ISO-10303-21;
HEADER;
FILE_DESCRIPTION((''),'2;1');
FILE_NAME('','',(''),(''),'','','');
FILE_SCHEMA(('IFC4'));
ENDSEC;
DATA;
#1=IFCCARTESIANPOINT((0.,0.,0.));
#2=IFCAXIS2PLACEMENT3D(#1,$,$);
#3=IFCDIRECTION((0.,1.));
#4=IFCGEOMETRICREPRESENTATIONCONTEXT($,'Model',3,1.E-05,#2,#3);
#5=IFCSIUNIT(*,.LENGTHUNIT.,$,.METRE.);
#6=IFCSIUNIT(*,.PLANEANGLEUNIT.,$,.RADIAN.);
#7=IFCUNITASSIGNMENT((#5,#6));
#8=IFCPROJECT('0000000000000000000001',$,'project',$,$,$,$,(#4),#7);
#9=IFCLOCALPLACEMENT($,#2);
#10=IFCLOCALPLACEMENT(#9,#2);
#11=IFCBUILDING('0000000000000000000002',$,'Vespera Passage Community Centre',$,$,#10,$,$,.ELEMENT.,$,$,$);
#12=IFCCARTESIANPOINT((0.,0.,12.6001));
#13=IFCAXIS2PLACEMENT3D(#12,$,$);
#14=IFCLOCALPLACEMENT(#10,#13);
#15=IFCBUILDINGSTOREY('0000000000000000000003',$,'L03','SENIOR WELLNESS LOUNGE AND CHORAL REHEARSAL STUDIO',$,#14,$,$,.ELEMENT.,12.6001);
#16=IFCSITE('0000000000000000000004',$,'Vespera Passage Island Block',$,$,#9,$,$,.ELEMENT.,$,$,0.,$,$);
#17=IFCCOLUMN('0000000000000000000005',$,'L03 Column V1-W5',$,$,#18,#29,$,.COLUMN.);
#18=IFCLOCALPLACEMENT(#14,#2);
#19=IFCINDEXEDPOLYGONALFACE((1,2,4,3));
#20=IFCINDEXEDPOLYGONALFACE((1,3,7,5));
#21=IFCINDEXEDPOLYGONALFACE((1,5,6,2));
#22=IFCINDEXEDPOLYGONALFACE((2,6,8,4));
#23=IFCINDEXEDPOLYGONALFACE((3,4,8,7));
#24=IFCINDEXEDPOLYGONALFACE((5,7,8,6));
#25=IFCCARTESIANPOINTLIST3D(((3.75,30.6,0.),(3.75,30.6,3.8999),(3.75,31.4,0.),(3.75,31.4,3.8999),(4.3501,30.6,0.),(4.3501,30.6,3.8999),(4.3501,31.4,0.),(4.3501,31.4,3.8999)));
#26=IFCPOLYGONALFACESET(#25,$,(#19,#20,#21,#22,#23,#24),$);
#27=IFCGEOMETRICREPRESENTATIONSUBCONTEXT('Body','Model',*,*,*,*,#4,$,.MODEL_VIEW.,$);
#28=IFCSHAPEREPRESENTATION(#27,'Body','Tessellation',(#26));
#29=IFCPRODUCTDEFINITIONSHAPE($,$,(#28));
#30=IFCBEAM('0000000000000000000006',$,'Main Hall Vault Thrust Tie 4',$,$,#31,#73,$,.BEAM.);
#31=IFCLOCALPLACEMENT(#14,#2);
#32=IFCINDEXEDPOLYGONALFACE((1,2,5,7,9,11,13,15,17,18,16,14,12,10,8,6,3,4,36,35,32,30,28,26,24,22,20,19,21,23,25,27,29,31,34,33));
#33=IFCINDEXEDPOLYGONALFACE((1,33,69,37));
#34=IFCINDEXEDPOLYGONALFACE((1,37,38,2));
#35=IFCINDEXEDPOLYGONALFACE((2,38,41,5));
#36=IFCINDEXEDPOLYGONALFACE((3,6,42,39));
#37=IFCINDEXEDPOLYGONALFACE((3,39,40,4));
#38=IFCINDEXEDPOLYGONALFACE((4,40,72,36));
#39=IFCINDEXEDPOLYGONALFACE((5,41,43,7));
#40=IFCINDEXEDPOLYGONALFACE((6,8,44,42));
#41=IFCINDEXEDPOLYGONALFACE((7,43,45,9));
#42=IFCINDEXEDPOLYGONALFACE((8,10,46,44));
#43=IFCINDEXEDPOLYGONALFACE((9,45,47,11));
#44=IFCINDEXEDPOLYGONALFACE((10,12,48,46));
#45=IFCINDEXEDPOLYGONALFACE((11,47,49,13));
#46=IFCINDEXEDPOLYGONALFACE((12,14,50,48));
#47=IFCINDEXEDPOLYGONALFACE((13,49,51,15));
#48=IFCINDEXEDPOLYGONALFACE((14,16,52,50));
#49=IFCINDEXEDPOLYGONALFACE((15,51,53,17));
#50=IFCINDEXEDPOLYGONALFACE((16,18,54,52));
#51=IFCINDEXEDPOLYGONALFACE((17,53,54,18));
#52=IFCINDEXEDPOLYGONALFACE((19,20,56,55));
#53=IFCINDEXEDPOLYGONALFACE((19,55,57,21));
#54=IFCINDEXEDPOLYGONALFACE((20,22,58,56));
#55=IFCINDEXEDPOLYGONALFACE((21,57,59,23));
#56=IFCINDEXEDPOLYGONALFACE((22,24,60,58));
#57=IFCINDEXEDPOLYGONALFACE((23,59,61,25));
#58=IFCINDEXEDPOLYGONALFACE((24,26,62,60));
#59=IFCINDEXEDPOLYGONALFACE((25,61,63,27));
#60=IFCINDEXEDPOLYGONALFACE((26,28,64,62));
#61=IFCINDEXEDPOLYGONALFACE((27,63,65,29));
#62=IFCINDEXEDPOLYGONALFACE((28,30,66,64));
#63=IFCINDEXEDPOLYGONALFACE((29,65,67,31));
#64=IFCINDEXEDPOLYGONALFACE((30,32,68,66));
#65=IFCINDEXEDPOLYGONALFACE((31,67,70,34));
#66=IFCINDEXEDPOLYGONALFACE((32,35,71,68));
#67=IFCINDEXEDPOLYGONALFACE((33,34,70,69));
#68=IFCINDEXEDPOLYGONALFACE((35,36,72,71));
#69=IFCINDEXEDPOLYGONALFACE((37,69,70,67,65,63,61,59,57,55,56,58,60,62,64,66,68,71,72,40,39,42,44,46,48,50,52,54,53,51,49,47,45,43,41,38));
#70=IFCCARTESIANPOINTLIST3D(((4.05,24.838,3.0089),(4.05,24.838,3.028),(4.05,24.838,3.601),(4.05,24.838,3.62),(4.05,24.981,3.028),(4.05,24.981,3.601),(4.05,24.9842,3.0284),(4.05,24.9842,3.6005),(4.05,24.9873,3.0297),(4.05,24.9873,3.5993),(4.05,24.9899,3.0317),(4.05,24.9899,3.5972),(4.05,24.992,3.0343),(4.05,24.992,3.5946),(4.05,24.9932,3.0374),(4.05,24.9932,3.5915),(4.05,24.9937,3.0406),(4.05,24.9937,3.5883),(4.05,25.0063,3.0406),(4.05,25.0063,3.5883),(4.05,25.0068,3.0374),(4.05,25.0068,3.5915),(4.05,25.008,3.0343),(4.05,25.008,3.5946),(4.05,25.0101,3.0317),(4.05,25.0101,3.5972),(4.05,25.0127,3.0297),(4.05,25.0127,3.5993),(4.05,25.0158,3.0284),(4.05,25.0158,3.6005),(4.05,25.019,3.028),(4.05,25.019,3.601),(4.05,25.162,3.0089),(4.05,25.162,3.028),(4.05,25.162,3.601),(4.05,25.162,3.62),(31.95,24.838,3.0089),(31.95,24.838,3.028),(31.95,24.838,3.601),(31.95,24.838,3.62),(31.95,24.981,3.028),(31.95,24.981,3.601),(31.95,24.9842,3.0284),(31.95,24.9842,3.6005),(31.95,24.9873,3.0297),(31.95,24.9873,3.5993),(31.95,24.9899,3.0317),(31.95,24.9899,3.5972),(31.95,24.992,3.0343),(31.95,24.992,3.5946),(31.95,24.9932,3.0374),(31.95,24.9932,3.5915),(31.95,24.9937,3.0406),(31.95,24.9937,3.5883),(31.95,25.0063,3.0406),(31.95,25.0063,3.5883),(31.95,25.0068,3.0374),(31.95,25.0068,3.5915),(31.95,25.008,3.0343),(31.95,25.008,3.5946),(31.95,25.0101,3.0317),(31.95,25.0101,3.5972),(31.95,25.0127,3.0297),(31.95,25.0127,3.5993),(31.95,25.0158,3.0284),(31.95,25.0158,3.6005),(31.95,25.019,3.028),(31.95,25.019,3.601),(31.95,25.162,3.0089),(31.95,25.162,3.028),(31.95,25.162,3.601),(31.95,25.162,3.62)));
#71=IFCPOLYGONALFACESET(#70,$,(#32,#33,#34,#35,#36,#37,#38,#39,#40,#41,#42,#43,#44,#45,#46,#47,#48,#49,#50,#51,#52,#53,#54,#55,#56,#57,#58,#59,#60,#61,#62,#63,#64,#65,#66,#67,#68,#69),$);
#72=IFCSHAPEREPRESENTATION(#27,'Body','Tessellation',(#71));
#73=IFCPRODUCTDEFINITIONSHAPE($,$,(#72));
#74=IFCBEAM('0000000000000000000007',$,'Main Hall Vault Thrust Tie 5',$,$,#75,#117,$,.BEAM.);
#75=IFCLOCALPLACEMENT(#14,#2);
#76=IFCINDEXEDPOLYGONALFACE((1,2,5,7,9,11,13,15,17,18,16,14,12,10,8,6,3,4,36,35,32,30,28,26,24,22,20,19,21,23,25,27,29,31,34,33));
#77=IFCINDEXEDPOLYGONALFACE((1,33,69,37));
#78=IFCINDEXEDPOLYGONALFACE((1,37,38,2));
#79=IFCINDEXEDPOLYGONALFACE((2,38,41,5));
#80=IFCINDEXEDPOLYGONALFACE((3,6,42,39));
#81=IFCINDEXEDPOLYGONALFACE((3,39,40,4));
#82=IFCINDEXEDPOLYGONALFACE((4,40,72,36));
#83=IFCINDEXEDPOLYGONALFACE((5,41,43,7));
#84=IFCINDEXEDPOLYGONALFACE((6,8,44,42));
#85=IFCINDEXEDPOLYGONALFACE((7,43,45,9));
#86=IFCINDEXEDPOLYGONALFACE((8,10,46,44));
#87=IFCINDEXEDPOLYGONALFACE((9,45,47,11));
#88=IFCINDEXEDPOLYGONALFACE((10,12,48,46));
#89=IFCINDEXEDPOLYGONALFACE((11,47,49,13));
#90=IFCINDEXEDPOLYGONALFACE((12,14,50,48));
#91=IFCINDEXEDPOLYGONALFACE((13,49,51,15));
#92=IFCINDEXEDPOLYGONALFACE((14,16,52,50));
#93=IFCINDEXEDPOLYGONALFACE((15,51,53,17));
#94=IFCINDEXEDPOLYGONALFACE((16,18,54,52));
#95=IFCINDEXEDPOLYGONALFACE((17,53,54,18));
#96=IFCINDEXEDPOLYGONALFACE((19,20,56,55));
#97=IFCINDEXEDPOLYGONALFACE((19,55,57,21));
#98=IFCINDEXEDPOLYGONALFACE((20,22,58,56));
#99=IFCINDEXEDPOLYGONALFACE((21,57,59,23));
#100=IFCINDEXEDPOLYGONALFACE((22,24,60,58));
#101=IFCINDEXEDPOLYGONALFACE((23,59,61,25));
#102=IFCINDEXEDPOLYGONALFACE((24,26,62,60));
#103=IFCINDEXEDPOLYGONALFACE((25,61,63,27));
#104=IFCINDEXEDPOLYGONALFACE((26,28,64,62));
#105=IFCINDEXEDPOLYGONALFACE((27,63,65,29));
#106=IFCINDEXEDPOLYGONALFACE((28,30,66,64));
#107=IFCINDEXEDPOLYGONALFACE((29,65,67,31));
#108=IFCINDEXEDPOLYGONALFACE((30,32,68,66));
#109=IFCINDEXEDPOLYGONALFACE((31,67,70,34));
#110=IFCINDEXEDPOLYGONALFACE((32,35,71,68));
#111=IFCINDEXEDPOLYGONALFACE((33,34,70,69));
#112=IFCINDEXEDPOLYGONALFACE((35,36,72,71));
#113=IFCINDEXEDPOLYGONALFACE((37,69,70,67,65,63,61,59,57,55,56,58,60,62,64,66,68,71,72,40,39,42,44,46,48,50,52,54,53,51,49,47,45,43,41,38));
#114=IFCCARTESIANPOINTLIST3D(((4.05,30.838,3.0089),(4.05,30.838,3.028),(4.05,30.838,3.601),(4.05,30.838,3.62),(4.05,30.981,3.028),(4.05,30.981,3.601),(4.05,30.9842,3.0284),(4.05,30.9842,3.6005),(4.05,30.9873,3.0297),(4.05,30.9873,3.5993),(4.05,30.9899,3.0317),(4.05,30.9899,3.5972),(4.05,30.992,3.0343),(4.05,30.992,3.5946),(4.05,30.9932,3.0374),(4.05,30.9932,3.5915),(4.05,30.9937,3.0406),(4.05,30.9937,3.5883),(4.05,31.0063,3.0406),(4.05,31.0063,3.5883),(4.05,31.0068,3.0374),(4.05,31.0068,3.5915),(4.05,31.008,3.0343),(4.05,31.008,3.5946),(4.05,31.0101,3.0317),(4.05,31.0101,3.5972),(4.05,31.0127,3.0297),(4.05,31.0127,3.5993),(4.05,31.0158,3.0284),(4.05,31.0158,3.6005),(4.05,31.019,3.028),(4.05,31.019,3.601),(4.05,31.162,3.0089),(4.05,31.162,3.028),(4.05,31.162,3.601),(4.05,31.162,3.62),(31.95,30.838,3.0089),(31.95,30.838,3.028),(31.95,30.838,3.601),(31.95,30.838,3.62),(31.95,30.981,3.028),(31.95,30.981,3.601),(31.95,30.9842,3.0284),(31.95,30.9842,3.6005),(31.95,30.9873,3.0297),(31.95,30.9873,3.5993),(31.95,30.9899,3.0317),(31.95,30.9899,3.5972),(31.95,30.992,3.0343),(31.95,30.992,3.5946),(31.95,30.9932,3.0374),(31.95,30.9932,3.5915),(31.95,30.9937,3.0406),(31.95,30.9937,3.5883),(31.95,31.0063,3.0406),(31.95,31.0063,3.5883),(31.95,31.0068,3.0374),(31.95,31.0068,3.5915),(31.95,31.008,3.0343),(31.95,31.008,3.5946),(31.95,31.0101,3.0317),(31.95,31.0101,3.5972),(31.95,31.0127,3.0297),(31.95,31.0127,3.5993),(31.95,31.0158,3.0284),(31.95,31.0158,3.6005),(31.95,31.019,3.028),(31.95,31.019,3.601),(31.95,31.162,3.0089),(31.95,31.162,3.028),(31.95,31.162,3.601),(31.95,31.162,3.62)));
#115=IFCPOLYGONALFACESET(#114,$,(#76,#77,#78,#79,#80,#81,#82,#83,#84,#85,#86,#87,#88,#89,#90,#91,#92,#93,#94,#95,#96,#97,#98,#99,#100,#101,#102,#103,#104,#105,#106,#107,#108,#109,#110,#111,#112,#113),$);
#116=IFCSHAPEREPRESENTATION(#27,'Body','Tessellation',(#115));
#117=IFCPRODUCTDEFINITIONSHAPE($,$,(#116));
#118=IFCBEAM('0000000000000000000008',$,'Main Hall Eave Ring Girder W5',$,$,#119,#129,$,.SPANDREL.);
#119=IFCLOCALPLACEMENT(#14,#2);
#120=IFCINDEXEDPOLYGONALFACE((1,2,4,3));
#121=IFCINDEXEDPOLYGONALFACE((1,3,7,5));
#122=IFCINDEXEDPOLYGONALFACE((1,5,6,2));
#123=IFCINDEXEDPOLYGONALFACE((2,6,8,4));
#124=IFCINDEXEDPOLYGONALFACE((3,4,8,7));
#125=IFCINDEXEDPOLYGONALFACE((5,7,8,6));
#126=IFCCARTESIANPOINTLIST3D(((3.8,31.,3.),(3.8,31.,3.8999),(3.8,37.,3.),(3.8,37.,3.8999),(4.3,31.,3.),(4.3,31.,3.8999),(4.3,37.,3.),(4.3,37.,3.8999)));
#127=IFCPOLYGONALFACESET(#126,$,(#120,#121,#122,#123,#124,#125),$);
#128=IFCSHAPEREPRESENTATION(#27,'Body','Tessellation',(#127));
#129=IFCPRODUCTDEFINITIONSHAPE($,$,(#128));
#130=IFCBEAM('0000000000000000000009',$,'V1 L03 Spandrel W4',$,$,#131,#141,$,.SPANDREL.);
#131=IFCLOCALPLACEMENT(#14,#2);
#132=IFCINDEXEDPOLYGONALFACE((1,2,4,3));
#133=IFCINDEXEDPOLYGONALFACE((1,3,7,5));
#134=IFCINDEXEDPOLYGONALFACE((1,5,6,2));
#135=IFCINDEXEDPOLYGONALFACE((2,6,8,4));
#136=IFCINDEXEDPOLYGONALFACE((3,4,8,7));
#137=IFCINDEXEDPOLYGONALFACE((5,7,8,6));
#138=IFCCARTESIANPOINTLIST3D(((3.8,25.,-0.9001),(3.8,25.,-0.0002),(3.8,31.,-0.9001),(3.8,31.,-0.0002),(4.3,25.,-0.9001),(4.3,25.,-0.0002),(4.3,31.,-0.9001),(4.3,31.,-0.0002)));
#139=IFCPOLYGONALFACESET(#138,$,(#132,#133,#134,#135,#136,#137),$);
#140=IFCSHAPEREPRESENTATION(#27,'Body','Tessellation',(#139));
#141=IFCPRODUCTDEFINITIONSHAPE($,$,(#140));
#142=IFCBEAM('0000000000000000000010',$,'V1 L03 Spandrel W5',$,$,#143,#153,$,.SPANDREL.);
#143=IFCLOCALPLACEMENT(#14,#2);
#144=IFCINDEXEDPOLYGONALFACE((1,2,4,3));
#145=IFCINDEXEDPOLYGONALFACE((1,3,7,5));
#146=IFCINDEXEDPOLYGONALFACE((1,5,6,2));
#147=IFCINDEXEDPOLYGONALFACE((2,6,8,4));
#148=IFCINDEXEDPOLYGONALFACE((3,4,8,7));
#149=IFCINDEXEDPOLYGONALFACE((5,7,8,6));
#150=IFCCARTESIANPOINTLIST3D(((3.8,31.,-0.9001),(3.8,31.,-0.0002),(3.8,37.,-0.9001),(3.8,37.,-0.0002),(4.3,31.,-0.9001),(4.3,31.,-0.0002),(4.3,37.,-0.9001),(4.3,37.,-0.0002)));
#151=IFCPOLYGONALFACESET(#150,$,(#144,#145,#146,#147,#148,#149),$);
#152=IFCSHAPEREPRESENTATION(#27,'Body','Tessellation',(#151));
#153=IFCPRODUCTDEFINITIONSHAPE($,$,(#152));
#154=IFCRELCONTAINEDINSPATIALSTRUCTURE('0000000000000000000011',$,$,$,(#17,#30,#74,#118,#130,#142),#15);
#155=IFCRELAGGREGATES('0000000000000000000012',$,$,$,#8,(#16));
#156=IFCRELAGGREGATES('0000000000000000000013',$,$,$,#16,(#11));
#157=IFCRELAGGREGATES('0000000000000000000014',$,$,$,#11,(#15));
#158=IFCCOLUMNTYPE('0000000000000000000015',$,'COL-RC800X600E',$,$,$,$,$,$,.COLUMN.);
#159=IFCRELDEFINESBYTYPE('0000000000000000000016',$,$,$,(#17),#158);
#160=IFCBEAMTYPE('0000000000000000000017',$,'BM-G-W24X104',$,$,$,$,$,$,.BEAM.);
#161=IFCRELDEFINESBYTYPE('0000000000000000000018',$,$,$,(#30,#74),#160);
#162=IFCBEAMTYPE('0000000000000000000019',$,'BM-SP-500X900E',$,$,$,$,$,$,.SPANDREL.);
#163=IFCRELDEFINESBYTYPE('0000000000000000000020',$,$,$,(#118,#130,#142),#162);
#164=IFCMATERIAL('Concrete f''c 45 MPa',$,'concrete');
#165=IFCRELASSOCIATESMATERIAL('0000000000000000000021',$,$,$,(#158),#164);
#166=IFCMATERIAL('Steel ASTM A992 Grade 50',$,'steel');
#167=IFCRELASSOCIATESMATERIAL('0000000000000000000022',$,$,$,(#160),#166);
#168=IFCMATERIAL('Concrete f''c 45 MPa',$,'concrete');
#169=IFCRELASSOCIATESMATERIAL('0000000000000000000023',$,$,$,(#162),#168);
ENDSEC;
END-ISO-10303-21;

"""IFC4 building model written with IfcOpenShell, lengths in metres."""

from ifc_helpers import new_model, si_unit, direction, frame, origin, origin_2d, place, context, subcontext, project, spatial, rectangle, i_section, extrude, material, material_profile, profile_set, type_object, element, save


model = new_model("IFC4")

# Units and contexts
model_context = context("Model", 3, precision=1e-05, world=origin(), true_north=direction((0.0, 1.0)))
body_context = subcontext(model_context, "Body", "Model", "MODEL_VIEW")
ifc_project = project(units=[si_unit("LENGTHUNIT", "METRE"), si_unit("PLANEANGLEUNIT", "RADIAN")], contexts=[model_context])

# Site, building, storey
site_placement = place(None, origin())
site = spatial("IfcSite", under=ifc_project, at=site_placement, Name="Vespera Passage Island Block", CompositionType="ELEMENT", RefElevation=0.0)
building_placement = place(site_placement, origin())
building = spatial("IfcBuilding", under=site, at=building_placement, Name="Vespera Passage Community Centre", CompositionType="ELEMENT")
storey_placement = place(building_placement, frame((0.0, 0.0, 12.6001)))
storey = spatial("IfcBuildingStorey", under=building, at=storey_placement, Name="L03", Description="SENIOR WELLNESS LOUNGE AND CHORAL REHEARSAL STUDIO", CompositionType="ELEMENT", Elevation=12.6001)

# Column
ifc_material_1 = material(Name="Concrete f'c 45 MPa", Category="concrete")
ifc_material_profile_1 = material_profile(ifc_material_1, rectangle(XDim=0.6001, YDim=0.8, at=origin_2d()), Name="RC800X600")
ifc_profile_set_1 = profile_set([ifc_material_profile_1], Name="Concrete f'c 45 MPa")
column_type = type_object("IfcColumnType", Name="COL-RC800X600E", PredefinedType="COLUMN", material=ifc_profile_set_1)
column_placement = place(storey_placement, frame((4.05, 31.0, 0.0), z_axis=(0.0, 0.0, 1.0), x_axis=(1.0, 0.0, 0.0)))
element("IfcColumn", 1, at=column_placement, inside=storey, type_object=column_type, Name="L03 Column V1-W5", PredefinedType="COLUMN", context=body_context, shape_type="SweptSolid", body=[
    extrude(rectangle(XDim=0.6001, YDim=0.8, at=origin_2d()), origin(), (0.0, 0.0, 1.0), 3.8999),
])

# Beams
ifc_material_2 = material(Name="Steel ASTM A992 Grade 50", Category="steel")
ifc_material_profile_2 = material_profile(ifc_material_2, i_section(OverallWidth=0.324, OverallDepth=0.6111, WebThickness=0.0127, FlangeThickness=0.019, FilletRadius=0.0127, at=origin_2d()), Name="W24X104")
ifc_profile_set_2 = profile_set([ifc_material_profile_2], Name="Steel ASTM A992 Grade 50")
beam_type_1 = type_object("IfcBeamType", Name="BM-G-W24X104", PredefinedType="BEAM", material=ifc_profile_set_2)
for number, where, z_axis, x_axis, name in (
    (2, (4.05, 25.0, 3.3145), (1.0, 0.0, 0.0), (0.0, 1.0, 0.0), "Main Hall Vault Thrust Tie 4"),
    (3, (4.05, 31.0, 3.3145), (1.0, 0.0, 0.0), (0.0, 1.0, 0.0), "Main Hall Vault Thrust Tie 5"),
):
    element("IfcBeam", number, at=place(storey_placement, frame(where, z_axis=z_axis, x_axis=x_axis)), inside=storey, type_object=beam_type_1, Name=name, PredefinedType="BEAM", context=body_context, shape_type="SweptSolid", body=[
        extrude(i_section(OverallWidth=0.324, OverallDepth=0.6111, WebThickness=0.0127, FlangeThickness=0.019, FilletRadius=0.0127, at=origin_2d()), origin(), (0.0, 0.0, 1.0), 27.8999),
    ])
ifc_material_3 = material(Name="Concrete f'c 45 MPa", Category="concrete")
ifc_material_profile_3 = material_profile(ifc_material_3, rectangle(XDim=0.5, YDim=0.8999, at=origin_2d()), Name="RC500X900")
ifc_profile_set_3 = profile_set([ifc_material_profile_3], Name="Concrete f'c 45 MPa")
beam_type_2 = type_object("IfcBeamType", Name="BM-SP-500X900E", PredefinedType="SPANDREL", material=ifc_profile_set_3)
for number, where, z_axis, x_axis, name in (
    (4, (4.05, 31.0, 3.45), (0.0, 1.0, 0.0), (-1.0, 0.0, 0.0), "Main Hall Eave Ring Girder W5"),
    (5, (4.05, 25.0, -0.4502), (0.0, 1.0, 0.0), (-1.0, 0.0, 0.0), "V1 L03 Spandrel W4"),
    (6, (4.05, 31.0, -0.4502), (0.0, 1.0, 0.0), (-1.0, 0.0, 0.0), "V1 L03 Spandrel W5"),
):
    element("IfcBeam", number, at=place(storey_placement, frame(where, z_axis=z_axis, x_axis=x_axis)), inside=storey, type_object=beam_type_2, Name=name, PredefinedType="SPANDREL", context=body_context, shape_type="SweptSolid", body=[
        extrude(rectangle(XDim=0.5, YDim=0.8999, at=origin_2d()), origin(), (0.0, 0.0, 1.0), 6.0),
    ])

save(model, "model.ifc")
